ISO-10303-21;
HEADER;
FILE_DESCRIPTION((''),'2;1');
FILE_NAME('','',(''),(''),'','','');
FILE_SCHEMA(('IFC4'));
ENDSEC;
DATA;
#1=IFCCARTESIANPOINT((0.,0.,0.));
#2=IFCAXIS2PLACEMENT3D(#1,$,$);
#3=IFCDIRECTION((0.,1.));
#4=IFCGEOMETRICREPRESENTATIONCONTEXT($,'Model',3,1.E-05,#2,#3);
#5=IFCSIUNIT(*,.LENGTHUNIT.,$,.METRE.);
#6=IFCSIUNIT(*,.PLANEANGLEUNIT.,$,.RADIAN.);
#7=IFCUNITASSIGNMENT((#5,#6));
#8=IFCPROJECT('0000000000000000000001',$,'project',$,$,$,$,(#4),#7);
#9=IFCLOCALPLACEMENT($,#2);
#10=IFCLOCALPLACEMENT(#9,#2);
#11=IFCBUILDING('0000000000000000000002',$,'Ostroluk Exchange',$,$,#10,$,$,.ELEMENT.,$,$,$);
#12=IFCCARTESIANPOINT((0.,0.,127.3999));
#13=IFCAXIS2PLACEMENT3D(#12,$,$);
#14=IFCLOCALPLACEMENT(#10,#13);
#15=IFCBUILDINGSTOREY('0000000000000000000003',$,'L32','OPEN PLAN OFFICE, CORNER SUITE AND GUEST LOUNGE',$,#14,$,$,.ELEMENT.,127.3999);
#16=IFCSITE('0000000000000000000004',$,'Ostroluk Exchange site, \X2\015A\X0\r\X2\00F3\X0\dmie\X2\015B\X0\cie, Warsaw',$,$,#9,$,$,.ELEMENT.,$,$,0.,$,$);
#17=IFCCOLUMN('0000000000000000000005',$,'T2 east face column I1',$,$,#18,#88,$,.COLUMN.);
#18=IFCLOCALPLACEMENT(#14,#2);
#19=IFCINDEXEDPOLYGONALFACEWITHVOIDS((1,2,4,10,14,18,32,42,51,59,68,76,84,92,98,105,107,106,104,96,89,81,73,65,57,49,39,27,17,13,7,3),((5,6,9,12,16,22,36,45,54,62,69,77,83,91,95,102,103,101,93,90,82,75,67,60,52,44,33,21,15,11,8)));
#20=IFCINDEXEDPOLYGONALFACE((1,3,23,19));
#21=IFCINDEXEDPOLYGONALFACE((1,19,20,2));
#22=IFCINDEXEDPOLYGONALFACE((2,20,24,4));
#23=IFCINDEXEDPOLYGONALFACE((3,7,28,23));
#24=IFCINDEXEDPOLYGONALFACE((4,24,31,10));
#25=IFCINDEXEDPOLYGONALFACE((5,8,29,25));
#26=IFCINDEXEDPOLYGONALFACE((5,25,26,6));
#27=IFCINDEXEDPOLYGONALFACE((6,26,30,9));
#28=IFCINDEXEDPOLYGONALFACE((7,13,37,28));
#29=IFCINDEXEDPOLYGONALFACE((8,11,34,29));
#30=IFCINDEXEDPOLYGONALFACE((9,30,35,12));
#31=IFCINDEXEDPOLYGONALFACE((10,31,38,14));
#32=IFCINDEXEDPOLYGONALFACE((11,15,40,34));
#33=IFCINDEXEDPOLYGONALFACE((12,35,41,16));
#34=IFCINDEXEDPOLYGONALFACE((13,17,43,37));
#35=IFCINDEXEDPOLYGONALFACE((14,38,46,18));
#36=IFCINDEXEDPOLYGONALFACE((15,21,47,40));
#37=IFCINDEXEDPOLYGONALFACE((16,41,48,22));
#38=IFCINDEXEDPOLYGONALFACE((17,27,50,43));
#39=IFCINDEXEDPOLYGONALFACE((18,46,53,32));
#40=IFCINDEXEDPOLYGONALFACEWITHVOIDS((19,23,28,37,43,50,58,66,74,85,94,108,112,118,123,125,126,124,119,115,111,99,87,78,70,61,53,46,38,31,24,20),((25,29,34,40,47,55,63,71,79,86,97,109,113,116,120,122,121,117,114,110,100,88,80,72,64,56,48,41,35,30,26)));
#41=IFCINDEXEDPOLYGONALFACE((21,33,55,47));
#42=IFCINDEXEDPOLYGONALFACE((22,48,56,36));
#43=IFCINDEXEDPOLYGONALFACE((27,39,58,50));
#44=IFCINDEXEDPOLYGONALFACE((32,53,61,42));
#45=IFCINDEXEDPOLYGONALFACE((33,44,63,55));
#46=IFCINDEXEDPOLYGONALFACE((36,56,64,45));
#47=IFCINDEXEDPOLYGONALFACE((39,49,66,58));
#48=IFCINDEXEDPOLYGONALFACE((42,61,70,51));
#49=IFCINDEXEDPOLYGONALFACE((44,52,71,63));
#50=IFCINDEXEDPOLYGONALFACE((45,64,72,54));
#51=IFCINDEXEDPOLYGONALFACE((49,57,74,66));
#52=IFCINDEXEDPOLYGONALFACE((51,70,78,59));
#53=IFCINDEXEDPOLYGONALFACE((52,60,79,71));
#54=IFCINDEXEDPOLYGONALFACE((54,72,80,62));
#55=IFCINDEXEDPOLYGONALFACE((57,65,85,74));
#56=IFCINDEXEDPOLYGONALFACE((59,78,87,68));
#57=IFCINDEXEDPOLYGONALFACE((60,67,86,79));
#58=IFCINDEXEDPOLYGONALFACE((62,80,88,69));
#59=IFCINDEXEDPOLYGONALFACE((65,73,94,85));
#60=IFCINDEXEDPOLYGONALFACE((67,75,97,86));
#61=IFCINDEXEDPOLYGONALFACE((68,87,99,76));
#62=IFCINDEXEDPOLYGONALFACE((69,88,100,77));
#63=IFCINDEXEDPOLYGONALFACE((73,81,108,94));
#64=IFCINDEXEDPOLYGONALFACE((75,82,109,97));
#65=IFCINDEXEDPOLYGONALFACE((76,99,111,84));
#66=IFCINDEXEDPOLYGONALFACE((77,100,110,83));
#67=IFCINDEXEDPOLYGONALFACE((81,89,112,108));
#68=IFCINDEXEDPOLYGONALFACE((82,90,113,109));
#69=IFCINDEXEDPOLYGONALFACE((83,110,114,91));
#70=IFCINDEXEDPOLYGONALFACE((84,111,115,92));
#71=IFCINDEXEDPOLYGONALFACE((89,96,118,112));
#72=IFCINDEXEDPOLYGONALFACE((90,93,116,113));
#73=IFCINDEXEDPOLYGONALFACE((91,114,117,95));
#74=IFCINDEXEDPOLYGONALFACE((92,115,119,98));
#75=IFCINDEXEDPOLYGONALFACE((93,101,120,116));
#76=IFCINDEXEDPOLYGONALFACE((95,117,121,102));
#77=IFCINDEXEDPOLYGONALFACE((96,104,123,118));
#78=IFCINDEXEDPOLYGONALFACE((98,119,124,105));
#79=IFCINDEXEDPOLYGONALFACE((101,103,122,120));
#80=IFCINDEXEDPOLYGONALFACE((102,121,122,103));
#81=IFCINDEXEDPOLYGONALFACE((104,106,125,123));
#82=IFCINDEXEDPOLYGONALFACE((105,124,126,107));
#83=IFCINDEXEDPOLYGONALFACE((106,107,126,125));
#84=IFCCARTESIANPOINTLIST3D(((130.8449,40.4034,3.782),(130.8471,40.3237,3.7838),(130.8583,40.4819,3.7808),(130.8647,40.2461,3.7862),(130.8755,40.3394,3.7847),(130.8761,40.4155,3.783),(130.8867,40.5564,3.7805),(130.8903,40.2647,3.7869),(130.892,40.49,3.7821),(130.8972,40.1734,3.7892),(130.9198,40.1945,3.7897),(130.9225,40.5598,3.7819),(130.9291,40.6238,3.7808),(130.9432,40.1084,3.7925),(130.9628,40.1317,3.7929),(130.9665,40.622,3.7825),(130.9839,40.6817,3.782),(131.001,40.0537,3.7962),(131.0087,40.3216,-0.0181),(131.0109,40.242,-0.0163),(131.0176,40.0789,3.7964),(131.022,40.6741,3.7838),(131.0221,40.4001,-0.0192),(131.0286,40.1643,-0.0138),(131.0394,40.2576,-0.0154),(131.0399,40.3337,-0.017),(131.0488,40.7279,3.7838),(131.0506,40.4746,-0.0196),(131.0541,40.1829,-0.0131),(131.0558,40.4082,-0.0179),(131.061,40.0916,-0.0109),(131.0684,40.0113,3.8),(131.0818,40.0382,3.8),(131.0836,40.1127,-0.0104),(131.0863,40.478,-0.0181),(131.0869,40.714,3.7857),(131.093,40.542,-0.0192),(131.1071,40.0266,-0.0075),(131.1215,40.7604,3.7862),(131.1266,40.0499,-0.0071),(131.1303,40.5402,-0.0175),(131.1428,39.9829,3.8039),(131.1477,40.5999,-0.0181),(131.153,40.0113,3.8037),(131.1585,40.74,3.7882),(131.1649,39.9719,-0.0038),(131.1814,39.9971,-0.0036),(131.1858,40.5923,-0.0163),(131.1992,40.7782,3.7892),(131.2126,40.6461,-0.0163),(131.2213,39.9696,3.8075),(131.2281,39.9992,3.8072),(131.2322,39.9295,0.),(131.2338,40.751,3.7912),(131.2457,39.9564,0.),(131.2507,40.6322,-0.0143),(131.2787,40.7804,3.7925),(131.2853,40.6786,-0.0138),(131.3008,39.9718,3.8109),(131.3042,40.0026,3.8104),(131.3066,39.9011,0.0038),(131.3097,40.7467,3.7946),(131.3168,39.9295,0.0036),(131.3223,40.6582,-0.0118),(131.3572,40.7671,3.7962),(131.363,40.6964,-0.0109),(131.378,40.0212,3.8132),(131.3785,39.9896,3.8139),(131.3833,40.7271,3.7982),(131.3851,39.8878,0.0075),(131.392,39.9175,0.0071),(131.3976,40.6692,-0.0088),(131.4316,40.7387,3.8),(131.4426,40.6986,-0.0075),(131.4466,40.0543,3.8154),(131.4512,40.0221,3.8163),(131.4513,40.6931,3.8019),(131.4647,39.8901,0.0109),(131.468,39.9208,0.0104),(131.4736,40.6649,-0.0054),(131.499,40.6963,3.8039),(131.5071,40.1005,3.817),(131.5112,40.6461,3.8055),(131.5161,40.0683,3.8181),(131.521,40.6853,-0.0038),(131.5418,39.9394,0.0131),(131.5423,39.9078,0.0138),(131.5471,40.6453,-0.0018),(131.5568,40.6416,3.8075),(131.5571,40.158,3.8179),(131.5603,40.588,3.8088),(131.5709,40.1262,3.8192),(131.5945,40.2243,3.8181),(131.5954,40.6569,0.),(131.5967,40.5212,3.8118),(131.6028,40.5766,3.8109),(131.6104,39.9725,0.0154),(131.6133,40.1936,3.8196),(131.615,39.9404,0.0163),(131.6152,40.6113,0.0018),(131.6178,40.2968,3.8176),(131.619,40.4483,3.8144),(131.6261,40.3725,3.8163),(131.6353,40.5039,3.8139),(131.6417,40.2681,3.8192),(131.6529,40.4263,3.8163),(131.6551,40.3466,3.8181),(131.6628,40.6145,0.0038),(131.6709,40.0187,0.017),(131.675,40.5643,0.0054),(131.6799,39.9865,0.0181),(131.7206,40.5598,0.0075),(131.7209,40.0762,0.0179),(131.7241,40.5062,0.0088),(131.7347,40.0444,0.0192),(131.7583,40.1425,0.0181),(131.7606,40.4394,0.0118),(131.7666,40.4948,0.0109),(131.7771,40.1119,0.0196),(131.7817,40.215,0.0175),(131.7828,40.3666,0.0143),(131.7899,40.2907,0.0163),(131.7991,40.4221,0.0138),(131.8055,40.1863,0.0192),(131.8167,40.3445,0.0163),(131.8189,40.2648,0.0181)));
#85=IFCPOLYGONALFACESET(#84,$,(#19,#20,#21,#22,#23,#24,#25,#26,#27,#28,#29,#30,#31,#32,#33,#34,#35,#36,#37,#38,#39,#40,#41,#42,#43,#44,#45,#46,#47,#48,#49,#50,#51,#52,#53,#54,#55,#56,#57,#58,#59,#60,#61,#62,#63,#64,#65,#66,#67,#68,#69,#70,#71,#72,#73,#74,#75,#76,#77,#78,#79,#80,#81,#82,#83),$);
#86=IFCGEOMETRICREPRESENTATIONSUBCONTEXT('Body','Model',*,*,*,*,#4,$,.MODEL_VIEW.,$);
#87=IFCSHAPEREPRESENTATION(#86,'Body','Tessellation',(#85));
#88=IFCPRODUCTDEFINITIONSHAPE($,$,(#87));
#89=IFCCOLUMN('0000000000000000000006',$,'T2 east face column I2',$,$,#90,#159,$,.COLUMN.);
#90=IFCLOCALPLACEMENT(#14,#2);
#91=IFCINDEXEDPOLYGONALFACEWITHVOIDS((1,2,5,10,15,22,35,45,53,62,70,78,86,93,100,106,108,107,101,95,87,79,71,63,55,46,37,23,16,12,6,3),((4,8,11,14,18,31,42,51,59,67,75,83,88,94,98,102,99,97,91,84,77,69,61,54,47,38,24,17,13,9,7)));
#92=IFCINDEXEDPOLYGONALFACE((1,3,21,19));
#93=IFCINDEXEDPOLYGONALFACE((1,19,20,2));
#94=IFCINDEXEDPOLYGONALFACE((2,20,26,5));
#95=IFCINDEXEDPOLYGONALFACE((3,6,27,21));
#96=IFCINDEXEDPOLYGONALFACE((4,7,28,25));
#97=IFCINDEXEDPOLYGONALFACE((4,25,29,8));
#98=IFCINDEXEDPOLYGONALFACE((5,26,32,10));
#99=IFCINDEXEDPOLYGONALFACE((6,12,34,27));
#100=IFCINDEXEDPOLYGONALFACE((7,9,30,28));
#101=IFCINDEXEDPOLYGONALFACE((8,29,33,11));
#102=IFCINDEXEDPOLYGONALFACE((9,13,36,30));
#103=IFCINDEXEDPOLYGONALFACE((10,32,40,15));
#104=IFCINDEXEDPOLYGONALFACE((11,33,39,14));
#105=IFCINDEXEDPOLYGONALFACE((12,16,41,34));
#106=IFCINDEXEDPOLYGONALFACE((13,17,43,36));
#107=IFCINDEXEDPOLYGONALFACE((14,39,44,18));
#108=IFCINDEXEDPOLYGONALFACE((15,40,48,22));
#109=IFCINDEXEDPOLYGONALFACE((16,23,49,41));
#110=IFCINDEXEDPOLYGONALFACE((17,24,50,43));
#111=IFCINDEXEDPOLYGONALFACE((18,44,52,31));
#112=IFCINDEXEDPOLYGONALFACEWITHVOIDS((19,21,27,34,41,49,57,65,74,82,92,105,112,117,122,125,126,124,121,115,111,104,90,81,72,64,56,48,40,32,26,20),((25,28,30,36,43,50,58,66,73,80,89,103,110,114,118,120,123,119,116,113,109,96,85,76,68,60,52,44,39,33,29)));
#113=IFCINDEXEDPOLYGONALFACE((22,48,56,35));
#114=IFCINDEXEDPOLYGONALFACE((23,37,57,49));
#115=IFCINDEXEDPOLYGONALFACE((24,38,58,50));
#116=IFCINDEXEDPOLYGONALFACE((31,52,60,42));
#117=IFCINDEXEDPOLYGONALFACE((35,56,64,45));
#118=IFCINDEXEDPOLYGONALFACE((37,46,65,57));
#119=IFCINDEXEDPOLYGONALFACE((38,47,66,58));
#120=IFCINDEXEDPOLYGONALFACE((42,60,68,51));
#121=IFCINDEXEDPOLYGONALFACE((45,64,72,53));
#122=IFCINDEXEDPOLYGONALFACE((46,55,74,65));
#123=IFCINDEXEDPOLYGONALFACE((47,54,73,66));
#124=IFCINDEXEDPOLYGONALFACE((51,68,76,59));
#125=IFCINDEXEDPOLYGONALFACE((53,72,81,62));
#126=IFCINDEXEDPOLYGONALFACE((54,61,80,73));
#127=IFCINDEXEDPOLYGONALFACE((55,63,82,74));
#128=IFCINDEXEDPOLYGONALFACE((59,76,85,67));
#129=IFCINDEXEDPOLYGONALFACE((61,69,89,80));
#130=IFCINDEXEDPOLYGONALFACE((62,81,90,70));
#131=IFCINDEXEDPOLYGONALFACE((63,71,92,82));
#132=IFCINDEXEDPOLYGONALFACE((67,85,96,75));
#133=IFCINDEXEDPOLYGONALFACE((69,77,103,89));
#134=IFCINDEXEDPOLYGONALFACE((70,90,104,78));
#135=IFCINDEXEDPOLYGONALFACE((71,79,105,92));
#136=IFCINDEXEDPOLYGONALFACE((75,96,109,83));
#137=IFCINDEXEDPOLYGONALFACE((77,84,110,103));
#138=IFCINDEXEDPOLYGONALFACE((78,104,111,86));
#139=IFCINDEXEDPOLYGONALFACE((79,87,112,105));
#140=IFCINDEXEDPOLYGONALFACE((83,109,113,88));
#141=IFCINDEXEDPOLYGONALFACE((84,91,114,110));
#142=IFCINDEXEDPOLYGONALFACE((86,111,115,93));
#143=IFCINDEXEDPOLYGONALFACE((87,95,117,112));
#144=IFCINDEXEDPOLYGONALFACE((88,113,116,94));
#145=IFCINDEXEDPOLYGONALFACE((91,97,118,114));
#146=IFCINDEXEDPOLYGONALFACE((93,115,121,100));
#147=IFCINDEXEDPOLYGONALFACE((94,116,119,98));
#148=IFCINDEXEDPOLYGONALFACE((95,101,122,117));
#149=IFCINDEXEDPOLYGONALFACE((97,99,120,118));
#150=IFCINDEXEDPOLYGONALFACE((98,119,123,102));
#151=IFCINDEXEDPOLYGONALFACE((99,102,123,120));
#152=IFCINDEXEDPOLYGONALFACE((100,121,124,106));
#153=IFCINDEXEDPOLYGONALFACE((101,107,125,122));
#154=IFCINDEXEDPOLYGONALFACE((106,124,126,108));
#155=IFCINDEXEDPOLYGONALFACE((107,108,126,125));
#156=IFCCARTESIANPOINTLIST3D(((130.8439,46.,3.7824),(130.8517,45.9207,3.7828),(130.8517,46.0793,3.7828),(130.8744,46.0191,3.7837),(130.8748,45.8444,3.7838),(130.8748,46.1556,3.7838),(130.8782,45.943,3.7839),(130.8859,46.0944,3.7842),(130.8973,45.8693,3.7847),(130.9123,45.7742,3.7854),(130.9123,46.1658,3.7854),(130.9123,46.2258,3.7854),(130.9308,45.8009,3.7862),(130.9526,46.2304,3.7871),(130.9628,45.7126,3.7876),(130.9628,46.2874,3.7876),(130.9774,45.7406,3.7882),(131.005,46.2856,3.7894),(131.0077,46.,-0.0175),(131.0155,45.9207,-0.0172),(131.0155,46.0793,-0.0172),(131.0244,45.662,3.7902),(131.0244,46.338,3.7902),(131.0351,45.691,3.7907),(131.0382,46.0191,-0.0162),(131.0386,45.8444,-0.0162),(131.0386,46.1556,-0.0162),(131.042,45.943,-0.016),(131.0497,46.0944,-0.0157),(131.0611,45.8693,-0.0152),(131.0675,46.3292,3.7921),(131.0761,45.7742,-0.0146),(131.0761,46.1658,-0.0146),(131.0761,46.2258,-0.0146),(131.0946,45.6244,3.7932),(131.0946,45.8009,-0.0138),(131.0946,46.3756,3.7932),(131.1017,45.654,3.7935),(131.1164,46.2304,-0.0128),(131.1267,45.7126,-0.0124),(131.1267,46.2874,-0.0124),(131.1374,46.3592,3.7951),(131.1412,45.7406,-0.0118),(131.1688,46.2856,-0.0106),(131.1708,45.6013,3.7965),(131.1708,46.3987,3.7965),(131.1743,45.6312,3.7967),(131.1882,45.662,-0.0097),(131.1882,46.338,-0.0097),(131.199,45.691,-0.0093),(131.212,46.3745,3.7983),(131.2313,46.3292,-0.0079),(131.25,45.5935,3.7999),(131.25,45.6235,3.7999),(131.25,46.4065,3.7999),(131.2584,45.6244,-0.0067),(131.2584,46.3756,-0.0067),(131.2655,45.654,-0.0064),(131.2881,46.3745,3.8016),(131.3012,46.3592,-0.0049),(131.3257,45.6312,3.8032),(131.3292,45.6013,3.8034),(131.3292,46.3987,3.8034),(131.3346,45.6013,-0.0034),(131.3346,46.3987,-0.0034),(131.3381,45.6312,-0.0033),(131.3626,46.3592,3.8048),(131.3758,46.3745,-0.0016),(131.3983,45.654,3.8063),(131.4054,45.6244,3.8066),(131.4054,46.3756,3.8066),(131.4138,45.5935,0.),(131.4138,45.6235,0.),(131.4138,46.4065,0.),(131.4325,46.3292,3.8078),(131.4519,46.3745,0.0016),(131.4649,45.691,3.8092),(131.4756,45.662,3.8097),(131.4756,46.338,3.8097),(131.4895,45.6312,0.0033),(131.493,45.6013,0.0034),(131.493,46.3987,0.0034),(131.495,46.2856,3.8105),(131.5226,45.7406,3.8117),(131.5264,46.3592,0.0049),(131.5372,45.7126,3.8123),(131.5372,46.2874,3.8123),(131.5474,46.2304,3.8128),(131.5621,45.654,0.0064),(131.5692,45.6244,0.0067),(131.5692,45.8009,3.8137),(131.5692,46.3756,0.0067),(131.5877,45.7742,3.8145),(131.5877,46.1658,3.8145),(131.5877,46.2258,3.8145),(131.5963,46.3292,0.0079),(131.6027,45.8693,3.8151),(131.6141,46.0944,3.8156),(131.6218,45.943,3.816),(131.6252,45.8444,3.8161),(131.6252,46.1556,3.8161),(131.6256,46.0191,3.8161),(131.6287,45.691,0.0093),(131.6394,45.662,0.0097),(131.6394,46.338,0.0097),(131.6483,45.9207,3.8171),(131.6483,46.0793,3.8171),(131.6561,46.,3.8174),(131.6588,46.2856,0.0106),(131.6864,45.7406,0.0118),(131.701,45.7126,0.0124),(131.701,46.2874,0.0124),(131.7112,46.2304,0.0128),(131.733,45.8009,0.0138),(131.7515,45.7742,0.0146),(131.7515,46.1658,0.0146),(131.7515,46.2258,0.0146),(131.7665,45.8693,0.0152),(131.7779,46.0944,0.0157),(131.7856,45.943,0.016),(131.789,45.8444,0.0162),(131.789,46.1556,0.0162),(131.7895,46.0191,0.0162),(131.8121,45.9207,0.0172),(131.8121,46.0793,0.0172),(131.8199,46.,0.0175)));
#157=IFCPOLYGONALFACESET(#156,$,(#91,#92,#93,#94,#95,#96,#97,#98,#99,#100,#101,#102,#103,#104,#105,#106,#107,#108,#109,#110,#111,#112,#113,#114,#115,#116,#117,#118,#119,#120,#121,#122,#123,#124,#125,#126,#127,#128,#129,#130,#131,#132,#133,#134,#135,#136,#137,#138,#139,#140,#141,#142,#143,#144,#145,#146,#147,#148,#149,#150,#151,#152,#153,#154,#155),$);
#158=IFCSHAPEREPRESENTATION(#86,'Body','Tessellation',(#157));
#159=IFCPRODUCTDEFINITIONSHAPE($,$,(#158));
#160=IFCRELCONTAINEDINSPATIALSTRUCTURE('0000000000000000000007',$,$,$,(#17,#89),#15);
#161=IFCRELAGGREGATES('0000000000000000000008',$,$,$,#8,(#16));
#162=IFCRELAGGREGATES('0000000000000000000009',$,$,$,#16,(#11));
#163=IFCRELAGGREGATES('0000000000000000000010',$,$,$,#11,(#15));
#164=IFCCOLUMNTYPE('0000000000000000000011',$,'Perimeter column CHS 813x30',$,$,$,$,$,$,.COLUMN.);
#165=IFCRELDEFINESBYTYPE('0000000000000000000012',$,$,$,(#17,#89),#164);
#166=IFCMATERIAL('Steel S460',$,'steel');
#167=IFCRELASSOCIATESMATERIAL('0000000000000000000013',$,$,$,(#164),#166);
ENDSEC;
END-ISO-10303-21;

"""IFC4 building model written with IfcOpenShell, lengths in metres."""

from ifc_helpers import new_model, si_unit, direction, frame, origin, origin_2d, place, context, subcontext, project, spatial, hollow_circle, extrude, material, material_profile, profile_set, type_object, element, save


model = new_model("IFC4")

# Units and contexts
model_context = context("Model", 3, precision=1e-05, world=origin(), true_north=direction((0.0, 1.0)))
body_context = subcontext(model_context, "Body", "Model", "MODEL_VIEW")
ifc_project = project(units=[si_unit("LENGTHUNIT", "METRE"), si_unit("PLANEANGLEUNIT", "RADIAN")], contexts=[model_context])

# Site, building, storey
site_placement = place(None, origin())
site = spatial("IfcSite", under=ifc_project, at=site_placement, Name="Ostroluk Exchange site, Śródmieście, Warsaw", CompositionType="ELEMENT", RefElevation=0.0)
building_placement = place(site_placement, origin())
building = spatial("IfcBuilding", under=site, at=building_placement, Name="Ostroluk Exchange", CompositionType="ELEMENT")
storey_placement = place(building_placement, frame((0.0, 0.0, 127.3999)))
storey = spatial("IfcBuildingStorey", under=building, at=storey_placement, Name="L32", Description="OPEN PLAN OFFICE, CORNER SUITE AND GUEST LOUNGE", CompositionType="ELEMENT", Elevation=127.3999)

# Columns
ifc_material_1 = material(Name="Steel S460", Category="steel")
ifc_material_profile_1 = material_profile(ifc_material_1, hollow_circle(Radius=0.4065, WallThickness=0.03, at=origin_2d()), Name="CHS 813x30")
ifc_profile_set_1 = profile_set([ifc_material_profile_1], Name="Steel S460")
column_type = type_object("IfcColumnType", Name="Perimeter column CHS 813x30", PredefinedType="COLUMN", material=ifc_profile_set_1)
column_1_placement = place(storey_placement, frame((131.4138, 40.2932, 0.0), z_axis=(-0.04306, 0.021498, 0.998841), x_axis=(-0.44668, -0.894694, 0.0)))
element("IfcColumn", 1, at=column_1_placement, inside=storey, type_object=column_type, Name="T2 east face column I1", PredefinedType="COLUMN", context=body_context, shape_type="SweptSolid", body=[
    extrude(hollow_circle(Radius=0.4065, WallThickness=0.03, at=origin_2d()), origin(), (0.0, 0.0, 1.0), 3.8044),
])
column_2_placement = place(storey_placement, frame((131.4138, 46.0, 0.0), z_axis=(-0.04307, 0.0, 0.999072), x_axis=(0.0, -1.0, 0.0)))
element("IfcColumn", 2, at=column_2_placement, inside=storey, type_object=column_type, Name="T2 east face column I2", PredefinedType="COLUMN", context=body_context, shape_type="SweptSolid", body=[
    extrude(hollow_circle(Radius=0.4065, WallThickness=0.03, at=origin_2d()), origin(), (0.0, 0.0, 1.0), 3.8035),
])

save(model, "model.ifc")
